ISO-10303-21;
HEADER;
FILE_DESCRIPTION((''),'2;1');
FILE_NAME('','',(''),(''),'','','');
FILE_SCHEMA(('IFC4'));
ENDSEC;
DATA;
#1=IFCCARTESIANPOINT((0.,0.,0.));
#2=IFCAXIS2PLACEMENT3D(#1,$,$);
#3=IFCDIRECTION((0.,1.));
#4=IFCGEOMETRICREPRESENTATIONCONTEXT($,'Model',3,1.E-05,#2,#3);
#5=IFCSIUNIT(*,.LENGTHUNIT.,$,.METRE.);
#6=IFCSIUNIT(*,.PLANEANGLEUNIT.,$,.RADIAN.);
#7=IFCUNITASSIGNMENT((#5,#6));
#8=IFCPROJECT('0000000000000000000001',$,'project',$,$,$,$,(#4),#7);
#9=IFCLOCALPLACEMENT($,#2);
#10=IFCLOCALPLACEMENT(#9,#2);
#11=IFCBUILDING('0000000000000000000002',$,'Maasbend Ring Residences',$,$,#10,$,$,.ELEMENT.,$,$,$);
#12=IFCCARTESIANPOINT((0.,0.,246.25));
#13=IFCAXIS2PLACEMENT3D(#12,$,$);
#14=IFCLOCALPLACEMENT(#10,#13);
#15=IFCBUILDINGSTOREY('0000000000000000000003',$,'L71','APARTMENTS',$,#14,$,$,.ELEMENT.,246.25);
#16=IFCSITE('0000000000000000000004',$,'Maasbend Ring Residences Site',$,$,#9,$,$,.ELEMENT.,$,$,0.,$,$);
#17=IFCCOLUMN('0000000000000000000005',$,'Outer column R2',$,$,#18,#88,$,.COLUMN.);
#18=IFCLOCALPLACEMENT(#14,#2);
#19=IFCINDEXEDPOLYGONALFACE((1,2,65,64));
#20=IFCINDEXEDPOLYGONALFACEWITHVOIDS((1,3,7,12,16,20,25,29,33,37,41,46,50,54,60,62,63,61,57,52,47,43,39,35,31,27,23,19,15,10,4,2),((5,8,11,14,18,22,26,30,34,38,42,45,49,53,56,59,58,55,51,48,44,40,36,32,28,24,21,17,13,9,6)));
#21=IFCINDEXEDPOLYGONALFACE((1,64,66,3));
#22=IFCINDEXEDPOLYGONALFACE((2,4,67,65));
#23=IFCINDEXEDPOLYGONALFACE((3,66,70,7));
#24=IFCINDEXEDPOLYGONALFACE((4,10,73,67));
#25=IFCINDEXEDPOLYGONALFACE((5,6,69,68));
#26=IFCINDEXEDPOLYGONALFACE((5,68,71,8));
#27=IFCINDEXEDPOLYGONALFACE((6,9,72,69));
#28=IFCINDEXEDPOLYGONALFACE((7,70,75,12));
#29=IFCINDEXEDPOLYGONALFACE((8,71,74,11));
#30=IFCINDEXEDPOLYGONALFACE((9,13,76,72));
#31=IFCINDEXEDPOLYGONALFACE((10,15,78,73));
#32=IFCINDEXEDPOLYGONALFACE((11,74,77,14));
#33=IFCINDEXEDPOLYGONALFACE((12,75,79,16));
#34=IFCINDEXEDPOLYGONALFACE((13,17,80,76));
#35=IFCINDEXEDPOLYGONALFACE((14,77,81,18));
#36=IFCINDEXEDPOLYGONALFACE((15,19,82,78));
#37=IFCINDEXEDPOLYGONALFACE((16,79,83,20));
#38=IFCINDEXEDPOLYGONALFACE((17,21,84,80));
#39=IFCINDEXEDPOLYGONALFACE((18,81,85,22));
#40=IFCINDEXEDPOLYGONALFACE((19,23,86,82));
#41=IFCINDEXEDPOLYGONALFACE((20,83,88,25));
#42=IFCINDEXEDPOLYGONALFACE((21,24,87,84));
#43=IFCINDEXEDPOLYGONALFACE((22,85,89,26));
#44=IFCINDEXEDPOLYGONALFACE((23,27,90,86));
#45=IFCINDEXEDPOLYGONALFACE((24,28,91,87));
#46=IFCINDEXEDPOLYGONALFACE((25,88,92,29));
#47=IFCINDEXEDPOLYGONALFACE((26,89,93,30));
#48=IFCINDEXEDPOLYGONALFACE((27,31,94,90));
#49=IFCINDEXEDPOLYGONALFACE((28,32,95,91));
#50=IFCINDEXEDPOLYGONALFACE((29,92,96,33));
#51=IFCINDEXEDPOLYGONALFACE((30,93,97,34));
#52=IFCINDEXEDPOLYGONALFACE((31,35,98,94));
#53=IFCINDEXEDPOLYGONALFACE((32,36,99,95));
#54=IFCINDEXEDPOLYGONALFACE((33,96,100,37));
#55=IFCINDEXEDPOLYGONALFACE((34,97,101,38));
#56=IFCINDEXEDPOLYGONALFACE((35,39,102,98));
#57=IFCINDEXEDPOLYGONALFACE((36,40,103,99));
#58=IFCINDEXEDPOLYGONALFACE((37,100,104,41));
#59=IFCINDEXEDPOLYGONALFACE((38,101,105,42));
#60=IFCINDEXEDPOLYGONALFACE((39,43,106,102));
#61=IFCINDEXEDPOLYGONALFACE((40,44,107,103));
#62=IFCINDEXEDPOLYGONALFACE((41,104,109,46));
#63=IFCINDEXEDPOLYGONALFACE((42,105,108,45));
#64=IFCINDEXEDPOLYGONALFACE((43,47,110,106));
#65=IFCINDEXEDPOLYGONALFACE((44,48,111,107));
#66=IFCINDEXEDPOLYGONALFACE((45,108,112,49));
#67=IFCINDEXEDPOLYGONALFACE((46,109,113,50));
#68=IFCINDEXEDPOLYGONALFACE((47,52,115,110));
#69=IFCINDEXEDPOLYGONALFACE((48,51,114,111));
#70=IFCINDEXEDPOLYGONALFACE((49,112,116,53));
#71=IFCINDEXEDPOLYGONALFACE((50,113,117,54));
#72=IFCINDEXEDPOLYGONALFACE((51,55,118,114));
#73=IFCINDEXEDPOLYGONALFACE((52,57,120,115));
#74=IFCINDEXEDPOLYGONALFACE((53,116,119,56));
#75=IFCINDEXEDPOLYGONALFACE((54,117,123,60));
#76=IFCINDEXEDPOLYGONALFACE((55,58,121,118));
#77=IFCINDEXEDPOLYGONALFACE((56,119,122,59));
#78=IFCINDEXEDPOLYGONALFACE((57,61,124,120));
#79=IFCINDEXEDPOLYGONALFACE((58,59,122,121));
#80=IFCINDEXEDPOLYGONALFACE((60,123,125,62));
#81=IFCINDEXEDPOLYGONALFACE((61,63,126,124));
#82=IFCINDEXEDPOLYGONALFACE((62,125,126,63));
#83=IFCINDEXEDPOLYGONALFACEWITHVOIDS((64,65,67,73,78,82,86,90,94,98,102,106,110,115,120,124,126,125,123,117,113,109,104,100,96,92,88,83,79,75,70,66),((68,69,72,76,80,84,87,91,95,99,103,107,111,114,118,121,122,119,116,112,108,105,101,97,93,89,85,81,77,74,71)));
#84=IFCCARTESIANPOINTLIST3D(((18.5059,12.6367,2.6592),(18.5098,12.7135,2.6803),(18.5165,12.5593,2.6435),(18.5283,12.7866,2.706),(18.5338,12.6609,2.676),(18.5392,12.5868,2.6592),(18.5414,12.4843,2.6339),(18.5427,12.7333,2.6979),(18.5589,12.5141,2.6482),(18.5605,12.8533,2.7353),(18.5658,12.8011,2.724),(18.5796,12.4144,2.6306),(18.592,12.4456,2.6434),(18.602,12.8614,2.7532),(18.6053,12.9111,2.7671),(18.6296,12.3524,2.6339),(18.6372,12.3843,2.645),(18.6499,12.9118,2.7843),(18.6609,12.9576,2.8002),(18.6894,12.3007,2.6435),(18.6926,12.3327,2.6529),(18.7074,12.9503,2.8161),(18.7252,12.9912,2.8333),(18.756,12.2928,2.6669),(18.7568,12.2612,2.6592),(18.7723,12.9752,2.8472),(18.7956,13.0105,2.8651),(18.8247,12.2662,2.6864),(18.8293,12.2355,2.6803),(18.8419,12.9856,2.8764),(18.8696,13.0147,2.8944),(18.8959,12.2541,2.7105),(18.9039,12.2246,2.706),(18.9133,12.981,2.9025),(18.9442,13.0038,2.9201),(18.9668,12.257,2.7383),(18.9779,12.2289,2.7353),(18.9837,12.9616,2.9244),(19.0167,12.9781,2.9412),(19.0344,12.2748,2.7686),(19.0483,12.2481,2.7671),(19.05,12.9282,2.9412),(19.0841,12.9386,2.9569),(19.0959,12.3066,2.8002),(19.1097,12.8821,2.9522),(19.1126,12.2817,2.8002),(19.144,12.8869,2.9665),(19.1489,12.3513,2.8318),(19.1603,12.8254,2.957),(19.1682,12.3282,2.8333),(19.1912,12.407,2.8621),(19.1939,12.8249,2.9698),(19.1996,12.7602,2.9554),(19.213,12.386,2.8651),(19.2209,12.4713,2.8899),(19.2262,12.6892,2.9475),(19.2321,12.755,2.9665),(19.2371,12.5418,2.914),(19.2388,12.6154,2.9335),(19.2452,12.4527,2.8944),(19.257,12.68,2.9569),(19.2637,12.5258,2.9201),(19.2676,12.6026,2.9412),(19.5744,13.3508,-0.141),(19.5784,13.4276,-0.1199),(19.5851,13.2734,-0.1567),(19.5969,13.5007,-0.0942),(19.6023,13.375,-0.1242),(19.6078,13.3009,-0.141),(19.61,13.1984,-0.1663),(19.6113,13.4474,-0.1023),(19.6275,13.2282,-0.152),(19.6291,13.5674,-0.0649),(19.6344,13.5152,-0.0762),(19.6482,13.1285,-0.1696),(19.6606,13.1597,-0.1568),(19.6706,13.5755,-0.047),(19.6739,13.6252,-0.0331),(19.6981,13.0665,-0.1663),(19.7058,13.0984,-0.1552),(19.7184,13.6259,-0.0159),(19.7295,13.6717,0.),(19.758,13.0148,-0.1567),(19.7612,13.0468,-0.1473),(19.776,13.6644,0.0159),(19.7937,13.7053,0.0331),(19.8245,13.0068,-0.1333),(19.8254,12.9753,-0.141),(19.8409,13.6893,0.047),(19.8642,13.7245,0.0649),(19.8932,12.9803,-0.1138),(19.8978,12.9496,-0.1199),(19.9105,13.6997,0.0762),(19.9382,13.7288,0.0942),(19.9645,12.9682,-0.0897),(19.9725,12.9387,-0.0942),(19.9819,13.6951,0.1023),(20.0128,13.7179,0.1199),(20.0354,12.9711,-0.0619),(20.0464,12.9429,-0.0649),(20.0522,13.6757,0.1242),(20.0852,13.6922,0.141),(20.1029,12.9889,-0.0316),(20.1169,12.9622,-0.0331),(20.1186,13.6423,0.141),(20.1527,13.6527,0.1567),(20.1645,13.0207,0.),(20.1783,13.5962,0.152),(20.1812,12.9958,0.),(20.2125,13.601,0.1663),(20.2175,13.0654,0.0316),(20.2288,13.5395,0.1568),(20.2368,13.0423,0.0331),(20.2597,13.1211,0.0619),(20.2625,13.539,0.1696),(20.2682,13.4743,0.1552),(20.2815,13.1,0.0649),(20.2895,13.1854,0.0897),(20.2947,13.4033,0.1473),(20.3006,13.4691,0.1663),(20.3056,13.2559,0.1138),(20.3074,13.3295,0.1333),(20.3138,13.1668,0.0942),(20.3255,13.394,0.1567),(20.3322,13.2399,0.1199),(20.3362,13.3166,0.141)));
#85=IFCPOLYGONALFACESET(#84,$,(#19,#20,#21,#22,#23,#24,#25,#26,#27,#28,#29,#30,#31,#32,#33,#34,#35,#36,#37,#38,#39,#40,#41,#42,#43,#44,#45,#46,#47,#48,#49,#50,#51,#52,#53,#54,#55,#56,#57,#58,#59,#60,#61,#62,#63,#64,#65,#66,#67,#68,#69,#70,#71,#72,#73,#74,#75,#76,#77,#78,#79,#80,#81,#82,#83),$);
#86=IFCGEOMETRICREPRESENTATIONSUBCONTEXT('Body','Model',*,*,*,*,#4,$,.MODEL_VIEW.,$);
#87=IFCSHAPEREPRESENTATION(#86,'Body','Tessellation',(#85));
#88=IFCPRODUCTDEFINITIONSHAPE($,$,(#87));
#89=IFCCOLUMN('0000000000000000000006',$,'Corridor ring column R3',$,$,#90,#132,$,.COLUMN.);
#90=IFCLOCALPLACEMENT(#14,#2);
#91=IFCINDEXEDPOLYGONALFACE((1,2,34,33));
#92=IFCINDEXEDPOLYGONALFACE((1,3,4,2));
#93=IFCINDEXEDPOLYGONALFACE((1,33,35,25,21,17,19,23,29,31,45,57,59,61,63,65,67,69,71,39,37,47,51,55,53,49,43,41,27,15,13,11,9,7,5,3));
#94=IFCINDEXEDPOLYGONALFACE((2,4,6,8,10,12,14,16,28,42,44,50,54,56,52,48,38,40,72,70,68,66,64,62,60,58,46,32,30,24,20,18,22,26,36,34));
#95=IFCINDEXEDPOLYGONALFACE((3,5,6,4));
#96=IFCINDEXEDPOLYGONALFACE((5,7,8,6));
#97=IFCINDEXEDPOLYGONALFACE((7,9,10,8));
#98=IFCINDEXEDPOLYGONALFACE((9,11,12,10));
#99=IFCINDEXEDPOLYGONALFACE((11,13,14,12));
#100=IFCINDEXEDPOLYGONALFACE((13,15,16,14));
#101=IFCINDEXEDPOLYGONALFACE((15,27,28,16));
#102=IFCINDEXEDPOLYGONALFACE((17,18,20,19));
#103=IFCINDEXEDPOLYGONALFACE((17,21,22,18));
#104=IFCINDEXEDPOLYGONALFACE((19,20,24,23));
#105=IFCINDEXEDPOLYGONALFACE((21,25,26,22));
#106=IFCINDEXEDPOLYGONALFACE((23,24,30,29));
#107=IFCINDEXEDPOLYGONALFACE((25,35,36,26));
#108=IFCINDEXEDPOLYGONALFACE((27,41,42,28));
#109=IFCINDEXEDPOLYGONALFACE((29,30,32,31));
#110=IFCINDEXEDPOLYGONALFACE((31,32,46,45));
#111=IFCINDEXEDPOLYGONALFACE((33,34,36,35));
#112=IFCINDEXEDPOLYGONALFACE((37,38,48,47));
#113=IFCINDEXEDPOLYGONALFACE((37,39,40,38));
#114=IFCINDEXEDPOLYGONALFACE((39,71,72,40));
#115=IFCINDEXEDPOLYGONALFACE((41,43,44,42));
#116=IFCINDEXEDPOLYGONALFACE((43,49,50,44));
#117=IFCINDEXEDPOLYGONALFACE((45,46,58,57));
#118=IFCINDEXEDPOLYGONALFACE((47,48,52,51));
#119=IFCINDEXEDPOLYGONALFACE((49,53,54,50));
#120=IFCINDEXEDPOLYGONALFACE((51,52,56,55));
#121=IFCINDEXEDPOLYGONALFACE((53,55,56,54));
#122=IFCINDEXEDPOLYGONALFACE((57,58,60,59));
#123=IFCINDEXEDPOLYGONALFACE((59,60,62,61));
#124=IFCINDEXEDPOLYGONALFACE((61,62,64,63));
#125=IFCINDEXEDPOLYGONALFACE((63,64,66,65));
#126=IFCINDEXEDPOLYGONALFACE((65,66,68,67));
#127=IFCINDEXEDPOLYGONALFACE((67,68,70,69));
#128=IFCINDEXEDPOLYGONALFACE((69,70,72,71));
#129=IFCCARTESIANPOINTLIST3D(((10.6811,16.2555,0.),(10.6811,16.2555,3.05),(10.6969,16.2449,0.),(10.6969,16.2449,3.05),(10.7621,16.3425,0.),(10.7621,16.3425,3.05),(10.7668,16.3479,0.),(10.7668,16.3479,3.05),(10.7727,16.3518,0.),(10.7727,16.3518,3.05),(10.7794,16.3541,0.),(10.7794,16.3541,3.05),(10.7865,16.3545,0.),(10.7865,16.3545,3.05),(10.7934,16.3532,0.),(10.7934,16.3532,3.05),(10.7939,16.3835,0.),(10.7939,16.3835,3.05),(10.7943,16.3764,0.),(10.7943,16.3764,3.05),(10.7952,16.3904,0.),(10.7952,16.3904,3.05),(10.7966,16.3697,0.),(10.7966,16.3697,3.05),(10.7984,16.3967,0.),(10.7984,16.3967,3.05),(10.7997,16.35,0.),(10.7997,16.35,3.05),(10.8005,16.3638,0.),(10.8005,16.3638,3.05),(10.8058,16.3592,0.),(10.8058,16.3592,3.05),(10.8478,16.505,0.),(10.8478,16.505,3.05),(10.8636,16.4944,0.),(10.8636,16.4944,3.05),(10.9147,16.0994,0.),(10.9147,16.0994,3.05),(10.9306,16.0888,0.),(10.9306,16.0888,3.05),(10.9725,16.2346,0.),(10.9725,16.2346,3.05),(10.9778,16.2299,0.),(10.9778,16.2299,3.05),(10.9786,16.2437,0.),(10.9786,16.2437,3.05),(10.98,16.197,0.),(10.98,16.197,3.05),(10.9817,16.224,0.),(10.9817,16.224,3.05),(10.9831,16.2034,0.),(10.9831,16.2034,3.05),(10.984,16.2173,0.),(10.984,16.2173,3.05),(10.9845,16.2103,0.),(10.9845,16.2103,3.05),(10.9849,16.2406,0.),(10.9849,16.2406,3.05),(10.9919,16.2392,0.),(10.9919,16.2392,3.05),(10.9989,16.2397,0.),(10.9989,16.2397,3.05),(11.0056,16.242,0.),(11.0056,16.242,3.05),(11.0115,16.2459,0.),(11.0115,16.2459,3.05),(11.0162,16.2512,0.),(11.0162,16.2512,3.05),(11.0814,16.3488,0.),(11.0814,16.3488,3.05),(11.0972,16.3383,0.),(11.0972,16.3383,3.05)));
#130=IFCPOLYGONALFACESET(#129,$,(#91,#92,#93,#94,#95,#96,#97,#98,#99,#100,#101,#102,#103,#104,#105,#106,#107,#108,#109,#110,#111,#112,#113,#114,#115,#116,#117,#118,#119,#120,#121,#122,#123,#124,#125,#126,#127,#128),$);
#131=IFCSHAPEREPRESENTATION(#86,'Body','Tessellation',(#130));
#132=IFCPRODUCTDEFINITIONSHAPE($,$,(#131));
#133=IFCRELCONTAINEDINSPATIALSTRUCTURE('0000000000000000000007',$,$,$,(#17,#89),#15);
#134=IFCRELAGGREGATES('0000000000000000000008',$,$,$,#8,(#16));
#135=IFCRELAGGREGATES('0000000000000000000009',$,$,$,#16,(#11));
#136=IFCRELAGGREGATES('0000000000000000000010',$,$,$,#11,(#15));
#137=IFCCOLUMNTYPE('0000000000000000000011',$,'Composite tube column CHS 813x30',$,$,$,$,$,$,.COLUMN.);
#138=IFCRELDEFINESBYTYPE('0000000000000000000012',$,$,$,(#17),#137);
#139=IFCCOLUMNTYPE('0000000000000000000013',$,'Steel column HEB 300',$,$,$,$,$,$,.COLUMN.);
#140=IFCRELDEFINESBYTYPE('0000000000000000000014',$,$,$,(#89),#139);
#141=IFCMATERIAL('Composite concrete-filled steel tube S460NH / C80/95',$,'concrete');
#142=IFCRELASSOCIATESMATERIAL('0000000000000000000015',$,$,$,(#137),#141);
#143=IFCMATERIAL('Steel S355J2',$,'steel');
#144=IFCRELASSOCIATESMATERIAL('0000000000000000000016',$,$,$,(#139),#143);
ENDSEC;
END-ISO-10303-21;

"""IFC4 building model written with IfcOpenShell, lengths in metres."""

from ifc_helpers import new_model, si_unit, direction, frame, origin, origin_2d, place, context, subcontext, project, spatial, hollow_circle, i_section, extrude, material, material_profile, profile_set, type_object, element, save


model = new_model("IFC4")

# Units and contexts
model_context = context("Model", 3, precision=1e-05, world=origin(), true_north=direction((0.0, 1.0)))
body_context = subcontext(model_context, "Body", "Model", "MODEL_VIEW")
ifc_project = project(units=[si_unit("LENGTHUNIT", "METRE"), si_unit("PLANEANGLEUNIT", "RADIAN")], contexts=[model_context])

# Site, building, storey
site_placement = place(None, origin())
site = spatial("IfcSite", under=ifc_project, at=site_placement, Name="Maasbend Ring Residences Site", CompositionType="ELEMENT", RefElevation=0.0)
building_placement = place(site_placement, origin())
building = spatial("IfcBuilding", under=site, at=building_placement, Name="Maasbend Ring Residences", CompositionType="ELEMENT")
storey_placement = place(building_placement, frame((0.0, 0.0, 246.25)))
storey = spatial("IfcBuildingStorey", under=building, at=storey_placement, Name="L71", Description="APARTMENTS", CompositionType="ELEMENT", Elevation=246.25)

# Columns
ifc_material_1 = material(Name="Composite concrete-filled steel tube S460NH / C80/95", Category="concrete")
ifc_material_profile_1 = material_profile(ifc_material_1, hollow_circle(Radius=0.4065, WallThickness=0.03, at=origin_2d()), Name="Composite tube column CHS 813x30")
ifc_profile_set_1 = profile_set([ifc_material_profile_1], Name="Composite concrete-filled steel tube S460NH / C80/95")
column_type_1 = type_object("IfcColumnType", Name="Composite tube column CHS 813x30", PredefinedType="COLUMN", material=ifc_profile_set_1)
column_1_placement = place(storey_placement, frame((19.9553, 13.3337, 0.0), z_axis=(-0.346819, -0.231767, 0.908846), x_axis=(0.55562, -0.831436, 0.0)))
element("IfcColumn", 1, at=column_1_placement, inside=storey, type_object=column_type_1, Name="Outer column R2", PredefinedType="COLUMN", context=body_context, shape_type="SweptSolid", body=[
    extrude(hollow_circle(Radius=0.4065, WallThickness=0.03, at=origin_2d()), origin(), (0.0, 0.0, 1.0), 3.0811),
])
ifc_material_2 = material(Name="Steel S355J2", Category="steel")
ifc_material_profile_2 = material_profile(ifc_material_2, i_section(OverallWidth=0.3, OverallDepth=0.3, WebThickness=0.011, FlangeThickness=0.019, FilletRadius=0.0271, at=origin_2d()), Name="HEB 300")
ifc_profile_set_2 = profile_set([ifc_material_profile_2], Name="Steel S355J2")
column_type_2 = type_object("IfcColumnType", Name="Steel column HEB 300", PredefinedType="COLUMN", material=ifc_profile_set_2)
column_2_placement = place(storey_placement, frame((10.8892, 16.2969, 0.0), z_axis=(0.0, 0.0, 1.0), x_axis=(0.55557, 0.83147, 0.0)))
element("IfcColumn", 2, at=column_2_placement, inside=storey, type_object=column_type_2, Name="Corridor ring column R3", PredefinedType="COLUMN", context=body_context, shape_type="SweptSolid", body=[
    extrude(i_section(OverallWidth=0.3, OverallDepth=0.3, WebThickness=0.011, FlangeThickness=0.019, FilletRadius=0.0271, at=origin_2d()), origin(), (0.0, 0.0, 1.0), 3.05),
])

save(model, "model.ifc")
